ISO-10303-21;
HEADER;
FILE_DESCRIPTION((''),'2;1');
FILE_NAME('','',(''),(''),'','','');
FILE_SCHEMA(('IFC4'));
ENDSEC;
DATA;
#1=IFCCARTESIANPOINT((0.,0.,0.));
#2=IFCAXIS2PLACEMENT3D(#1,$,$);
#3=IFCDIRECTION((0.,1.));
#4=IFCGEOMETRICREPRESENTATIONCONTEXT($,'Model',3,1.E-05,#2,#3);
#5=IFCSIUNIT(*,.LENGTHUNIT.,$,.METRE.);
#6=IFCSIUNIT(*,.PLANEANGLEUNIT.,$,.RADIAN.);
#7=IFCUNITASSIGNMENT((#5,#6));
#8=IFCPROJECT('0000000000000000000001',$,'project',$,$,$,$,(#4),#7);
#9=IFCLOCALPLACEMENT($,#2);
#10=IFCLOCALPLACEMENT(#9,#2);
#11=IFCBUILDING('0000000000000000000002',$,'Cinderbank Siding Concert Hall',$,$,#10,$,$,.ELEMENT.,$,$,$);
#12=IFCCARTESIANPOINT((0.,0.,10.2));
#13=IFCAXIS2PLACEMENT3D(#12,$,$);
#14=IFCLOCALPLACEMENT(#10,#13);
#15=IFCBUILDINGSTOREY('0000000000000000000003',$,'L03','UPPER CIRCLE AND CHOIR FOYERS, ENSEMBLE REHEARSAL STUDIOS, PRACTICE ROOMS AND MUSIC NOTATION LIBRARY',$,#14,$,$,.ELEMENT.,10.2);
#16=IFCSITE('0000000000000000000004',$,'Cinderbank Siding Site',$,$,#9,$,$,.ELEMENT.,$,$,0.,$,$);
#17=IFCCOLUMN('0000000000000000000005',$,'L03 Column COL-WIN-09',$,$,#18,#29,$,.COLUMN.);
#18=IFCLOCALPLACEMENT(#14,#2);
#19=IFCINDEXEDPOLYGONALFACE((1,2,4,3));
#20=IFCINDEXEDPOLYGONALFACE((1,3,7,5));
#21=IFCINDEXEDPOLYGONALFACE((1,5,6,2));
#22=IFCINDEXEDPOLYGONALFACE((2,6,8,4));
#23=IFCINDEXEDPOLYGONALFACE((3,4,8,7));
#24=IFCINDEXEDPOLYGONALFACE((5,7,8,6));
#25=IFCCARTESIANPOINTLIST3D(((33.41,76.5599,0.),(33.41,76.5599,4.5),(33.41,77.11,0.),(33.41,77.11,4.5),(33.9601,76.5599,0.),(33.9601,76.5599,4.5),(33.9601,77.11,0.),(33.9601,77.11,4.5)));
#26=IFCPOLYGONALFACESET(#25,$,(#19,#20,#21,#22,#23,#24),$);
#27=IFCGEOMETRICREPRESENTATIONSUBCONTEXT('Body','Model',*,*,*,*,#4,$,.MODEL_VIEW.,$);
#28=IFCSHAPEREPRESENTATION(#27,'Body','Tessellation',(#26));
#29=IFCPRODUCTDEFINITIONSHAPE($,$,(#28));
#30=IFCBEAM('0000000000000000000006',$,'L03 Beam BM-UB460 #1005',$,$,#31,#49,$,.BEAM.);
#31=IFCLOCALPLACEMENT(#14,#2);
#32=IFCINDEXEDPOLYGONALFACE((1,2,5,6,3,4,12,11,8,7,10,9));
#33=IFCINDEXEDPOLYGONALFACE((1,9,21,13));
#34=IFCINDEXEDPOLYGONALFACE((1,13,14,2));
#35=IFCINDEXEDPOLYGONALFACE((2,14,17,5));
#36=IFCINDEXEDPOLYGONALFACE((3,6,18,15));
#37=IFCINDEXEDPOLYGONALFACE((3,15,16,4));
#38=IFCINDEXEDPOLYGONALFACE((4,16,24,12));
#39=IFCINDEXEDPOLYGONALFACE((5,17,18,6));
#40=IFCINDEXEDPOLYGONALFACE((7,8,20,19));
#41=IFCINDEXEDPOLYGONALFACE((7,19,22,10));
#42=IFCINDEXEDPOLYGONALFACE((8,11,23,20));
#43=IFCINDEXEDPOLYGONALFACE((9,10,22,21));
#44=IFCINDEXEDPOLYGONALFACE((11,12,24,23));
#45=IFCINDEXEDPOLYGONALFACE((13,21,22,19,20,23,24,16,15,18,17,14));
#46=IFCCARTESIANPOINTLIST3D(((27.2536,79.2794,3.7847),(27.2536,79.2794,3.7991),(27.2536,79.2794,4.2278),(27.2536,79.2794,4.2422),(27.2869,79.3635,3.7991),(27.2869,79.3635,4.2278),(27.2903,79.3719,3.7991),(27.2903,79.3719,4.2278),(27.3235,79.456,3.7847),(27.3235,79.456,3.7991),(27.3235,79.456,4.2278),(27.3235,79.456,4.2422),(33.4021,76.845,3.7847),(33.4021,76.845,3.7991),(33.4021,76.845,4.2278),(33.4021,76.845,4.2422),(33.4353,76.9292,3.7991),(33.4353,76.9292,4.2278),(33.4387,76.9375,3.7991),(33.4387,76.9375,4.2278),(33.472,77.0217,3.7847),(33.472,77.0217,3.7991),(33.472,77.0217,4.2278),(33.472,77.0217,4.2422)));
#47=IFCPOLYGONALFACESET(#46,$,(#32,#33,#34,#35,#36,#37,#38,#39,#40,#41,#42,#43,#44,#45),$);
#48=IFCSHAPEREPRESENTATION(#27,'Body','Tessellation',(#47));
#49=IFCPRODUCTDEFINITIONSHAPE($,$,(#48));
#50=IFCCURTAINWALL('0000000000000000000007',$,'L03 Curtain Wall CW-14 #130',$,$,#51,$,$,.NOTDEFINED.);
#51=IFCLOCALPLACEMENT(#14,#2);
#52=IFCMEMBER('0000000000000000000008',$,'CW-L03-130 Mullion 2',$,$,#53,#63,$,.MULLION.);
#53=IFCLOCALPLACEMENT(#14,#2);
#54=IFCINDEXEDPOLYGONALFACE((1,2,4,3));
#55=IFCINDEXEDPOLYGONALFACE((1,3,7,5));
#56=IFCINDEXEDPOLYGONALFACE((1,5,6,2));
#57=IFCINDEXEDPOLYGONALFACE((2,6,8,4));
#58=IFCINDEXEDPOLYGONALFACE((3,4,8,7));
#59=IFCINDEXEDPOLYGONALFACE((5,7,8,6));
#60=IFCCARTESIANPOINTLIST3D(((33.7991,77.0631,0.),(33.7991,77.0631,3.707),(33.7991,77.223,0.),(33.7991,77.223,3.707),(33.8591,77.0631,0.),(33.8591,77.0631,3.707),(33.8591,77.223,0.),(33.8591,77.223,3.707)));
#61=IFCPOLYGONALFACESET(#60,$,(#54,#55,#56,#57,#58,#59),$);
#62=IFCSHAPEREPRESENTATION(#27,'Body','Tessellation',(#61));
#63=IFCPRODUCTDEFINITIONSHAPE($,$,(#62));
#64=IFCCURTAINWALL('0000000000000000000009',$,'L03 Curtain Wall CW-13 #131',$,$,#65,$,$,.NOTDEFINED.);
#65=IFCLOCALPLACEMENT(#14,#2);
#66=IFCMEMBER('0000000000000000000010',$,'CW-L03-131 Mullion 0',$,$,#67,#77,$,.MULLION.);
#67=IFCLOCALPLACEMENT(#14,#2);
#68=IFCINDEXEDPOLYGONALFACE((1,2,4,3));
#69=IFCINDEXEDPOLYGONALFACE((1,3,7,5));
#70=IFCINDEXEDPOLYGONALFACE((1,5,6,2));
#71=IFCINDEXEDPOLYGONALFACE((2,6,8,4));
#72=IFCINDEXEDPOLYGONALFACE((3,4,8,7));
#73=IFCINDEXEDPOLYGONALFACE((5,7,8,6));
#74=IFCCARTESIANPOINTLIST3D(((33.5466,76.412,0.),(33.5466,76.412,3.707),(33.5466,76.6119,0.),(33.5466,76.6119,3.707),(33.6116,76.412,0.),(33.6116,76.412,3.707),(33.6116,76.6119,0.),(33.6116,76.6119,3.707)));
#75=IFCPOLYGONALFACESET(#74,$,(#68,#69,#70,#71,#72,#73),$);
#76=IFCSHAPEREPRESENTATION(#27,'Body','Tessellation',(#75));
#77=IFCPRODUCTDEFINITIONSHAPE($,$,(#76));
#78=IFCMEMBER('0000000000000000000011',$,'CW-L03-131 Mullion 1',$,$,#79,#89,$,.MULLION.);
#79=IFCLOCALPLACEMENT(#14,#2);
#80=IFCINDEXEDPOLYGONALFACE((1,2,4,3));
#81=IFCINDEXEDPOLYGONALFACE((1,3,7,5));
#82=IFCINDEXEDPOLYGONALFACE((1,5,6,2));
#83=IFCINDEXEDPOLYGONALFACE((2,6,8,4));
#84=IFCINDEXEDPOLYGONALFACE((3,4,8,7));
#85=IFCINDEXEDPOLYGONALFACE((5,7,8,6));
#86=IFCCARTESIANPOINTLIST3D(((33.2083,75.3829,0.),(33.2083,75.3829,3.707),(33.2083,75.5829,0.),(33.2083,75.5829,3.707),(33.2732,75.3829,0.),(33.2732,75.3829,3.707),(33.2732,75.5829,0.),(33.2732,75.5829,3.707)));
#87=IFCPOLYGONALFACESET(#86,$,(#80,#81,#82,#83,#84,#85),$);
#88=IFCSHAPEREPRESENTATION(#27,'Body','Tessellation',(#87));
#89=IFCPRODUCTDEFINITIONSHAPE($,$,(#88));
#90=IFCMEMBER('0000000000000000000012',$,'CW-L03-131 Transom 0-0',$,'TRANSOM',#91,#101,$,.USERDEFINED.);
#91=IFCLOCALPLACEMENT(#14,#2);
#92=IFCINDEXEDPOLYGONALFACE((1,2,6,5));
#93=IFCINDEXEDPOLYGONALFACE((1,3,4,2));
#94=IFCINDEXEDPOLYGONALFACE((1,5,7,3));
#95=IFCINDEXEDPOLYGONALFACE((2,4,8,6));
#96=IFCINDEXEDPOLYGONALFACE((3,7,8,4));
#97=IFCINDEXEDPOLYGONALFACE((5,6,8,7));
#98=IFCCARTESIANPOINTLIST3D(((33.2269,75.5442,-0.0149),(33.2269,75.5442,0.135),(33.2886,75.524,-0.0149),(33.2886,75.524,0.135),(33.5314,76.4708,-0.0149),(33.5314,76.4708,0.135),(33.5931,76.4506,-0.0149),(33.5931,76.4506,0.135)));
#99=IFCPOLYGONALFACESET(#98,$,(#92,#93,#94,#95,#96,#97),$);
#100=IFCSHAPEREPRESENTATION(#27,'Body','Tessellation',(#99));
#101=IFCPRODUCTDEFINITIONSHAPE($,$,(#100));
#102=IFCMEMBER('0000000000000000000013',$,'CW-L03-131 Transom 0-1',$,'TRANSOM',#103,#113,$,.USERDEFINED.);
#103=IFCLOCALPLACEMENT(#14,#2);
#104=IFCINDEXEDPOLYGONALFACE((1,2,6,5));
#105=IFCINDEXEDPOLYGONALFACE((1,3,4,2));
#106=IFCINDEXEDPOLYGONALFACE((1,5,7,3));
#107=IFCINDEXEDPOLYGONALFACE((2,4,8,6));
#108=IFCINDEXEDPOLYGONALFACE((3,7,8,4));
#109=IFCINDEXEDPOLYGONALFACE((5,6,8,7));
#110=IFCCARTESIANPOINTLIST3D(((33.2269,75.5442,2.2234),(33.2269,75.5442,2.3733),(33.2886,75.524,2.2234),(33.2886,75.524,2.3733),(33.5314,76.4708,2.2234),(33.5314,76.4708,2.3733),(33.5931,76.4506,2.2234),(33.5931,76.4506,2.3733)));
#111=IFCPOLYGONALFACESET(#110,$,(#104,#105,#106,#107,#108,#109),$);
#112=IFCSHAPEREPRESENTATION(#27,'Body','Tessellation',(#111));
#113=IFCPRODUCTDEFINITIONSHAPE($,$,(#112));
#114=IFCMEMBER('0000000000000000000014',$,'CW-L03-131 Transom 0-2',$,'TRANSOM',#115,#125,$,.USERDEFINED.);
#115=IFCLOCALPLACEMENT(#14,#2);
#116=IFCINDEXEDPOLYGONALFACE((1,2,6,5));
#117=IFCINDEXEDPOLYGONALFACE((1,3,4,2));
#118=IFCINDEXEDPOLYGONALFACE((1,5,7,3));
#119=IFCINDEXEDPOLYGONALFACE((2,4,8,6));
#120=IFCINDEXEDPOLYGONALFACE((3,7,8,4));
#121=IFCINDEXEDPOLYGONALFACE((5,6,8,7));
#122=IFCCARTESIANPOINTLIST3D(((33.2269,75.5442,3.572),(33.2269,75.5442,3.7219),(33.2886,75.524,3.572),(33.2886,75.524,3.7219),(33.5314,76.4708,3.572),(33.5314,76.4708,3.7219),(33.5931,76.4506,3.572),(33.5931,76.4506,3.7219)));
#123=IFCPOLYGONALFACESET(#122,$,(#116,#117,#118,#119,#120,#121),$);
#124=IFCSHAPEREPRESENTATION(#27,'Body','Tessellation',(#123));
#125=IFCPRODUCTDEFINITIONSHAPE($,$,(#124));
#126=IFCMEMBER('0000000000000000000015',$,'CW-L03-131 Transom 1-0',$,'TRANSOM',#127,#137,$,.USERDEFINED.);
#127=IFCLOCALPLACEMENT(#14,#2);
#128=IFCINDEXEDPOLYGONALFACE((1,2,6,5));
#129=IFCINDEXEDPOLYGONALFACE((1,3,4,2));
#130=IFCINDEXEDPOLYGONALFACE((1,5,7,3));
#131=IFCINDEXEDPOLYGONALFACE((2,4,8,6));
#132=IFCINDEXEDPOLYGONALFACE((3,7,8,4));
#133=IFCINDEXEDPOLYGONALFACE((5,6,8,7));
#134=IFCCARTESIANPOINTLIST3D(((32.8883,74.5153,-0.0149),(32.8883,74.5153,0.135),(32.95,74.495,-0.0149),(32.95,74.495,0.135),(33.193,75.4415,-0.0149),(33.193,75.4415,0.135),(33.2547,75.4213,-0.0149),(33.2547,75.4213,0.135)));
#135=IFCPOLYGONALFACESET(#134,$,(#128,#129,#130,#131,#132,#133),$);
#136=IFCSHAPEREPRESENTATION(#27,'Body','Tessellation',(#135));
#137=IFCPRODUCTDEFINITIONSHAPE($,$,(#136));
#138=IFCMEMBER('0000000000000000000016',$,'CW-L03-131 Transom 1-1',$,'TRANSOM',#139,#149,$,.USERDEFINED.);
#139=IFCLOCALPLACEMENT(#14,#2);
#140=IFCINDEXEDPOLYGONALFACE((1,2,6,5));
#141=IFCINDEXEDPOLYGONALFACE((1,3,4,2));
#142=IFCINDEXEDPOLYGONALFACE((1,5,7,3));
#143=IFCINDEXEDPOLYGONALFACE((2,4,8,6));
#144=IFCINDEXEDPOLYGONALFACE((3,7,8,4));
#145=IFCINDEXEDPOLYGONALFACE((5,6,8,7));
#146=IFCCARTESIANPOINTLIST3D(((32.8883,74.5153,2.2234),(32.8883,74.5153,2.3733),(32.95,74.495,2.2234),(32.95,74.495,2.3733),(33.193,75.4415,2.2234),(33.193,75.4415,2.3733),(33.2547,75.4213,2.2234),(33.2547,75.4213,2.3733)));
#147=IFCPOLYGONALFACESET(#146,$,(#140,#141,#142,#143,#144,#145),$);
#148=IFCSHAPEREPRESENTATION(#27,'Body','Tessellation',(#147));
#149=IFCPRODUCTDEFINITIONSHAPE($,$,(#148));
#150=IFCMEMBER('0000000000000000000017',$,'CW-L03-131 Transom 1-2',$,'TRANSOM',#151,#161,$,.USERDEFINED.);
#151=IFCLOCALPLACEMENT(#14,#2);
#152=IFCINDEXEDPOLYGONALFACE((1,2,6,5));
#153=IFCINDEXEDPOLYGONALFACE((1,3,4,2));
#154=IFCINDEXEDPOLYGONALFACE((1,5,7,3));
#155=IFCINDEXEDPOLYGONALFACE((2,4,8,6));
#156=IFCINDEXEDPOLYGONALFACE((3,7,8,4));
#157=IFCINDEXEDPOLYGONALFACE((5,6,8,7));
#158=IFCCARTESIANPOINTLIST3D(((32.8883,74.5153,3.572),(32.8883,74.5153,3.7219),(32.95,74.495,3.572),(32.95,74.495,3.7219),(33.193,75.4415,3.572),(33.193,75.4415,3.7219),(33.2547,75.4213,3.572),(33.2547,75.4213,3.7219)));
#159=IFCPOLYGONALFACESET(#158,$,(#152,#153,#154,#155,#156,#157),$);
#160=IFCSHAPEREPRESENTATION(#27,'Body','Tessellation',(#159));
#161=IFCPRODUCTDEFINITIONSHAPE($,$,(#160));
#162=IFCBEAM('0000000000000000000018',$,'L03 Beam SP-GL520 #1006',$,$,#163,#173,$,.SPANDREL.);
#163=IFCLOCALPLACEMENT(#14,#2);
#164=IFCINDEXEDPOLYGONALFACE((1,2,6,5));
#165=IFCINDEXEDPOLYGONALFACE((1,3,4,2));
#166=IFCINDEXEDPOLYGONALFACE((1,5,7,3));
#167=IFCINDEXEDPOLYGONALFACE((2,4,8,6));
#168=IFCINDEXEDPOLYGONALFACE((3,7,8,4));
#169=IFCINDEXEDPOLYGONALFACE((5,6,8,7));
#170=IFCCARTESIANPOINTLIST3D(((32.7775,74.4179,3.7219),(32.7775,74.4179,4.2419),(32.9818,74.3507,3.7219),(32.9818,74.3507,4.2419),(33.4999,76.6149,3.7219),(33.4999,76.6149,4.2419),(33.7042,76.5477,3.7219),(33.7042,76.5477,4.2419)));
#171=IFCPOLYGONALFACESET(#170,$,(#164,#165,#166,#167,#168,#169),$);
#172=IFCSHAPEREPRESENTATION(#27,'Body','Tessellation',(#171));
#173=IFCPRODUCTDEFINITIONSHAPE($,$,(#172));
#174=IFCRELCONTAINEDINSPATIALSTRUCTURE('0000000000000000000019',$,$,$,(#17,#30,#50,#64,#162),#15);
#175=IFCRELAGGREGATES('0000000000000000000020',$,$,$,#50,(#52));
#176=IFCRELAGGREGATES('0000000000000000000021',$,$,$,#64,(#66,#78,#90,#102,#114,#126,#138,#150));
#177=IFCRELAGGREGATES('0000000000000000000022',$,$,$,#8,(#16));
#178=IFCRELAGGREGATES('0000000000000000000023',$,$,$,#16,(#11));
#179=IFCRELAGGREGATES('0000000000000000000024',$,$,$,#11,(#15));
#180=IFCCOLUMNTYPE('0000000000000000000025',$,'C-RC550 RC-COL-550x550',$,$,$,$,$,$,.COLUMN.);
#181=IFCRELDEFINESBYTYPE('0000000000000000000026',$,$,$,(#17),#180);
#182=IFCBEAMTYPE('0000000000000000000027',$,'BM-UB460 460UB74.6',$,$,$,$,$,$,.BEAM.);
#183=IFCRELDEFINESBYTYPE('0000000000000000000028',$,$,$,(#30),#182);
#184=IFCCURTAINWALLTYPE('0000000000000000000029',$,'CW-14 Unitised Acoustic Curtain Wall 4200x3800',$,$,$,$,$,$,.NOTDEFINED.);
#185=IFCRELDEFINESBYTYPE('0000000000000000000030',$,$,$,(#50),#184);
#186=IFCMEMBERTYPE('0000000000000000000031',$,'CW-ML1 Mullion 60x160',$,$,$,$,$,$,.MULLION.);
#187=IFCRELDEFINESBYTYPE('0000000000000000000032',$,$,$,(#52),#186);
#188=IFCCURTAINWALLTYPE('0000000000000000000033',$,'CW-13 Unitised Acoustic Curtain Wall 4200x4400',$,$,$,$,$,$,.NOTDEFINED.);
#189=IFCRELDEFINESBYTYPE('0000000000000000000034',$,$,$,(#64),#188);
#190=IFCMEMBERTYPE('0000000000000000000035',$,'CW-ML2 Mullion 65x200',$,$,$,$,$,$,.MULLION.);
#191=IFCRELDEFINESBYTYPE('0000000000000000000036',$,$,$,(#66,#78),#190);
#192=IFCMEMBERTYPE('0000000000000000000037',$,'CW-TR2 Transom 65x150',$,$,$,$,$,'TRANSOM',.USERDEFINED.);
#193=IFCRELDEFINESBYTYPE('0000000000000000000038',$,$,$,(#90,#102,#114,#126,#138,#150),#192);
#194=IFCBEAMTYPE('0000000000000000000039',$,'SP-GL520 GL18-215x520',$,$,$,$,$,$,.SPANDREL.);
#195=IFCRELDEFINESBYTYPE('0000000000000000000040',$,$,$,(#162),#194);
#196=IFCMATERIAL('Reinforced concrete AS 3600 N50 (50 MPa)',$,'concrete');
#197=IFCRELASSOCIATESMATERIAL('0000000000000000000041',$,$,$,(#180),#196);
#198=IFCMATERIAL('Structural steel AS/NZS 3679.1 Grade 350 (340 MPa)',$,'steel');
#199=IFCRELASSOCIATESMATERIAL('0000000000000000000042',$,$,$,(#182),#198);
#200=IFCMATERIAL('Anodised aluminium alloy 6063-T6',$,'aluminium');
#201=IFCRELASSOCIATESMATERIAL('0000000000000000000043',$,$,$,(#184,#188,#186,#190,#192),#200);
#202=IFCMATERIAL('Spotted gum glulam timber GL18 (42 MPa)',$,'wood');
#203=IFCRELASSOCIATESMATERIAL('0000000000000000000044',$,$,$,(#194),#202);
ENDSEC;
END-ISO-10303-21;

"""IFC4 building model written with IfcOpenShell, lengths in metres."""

from ifc_helpers import new_model, si_unit, direction, frame, origin, origin_2d, place, context, subcontext, project, spatial, rectangle, i_section, extrude, material, material_profile, profile_set, type_object, element, aggregate, save


model = new_model("IFC4")

# Units and contexts
model_context = context("Model", 3, precision=1e-05, world=origin(), true_north=direction((0.0, 1.0)))
body_context = subcontext(model_context, "Body", "Model", "MODEL_VIEW")
ifc_project = project(units=[si_unit("LENGTHUNIT", "METRE"), si_unit("PLANEANGLEUNIT", "RADIAN")], contexts=[model_context])

# Site, building, storey
site_placement = place(None, origin())
site = spatial("IfcSite", under=ifc_project, at=site_placement, Name="Cinderbank Siding Site", CompositionType="ELEMENT", RefElevation=0.0)
building_placement = place(site_placement, origin())
building = spatial("IfcBuilding", under=site, at=building_placement, Name="Cinderbank Siding Concert Hall", CompositionType="ELEMENT")
storey_placement = place(building_placement, frame((0.0, 0.0, 10.2)))
storey = spatial("IfcBuildingStorey", under=building, at=storey_placement, Name="L03", Description="UPPER CIRCLE AND CHOIR FOYERS, ENSEMBLE REHEARSAL STUDIOS, PRACTICE ROOMS AND MUSIC NOTATION LIBRARY", CompositionType="ELEMENT", Elevation=10.2)

# Column
ifc_material_1 = material(Name="Reinforced concrete AS 3600 N50 (50 MPa)", Category="concrete")
ifc_material_profile_1 = material_profile(ifc_material_1, rectangle(XDim=0.55, YDim=0.55, at=origin_2d()), Name="RC-COL-550x550", Category="LoadBearing")
ifc_profile_set_1 = profile_set([ifc_material_profile_1], Name="Reinforced concrete AS 3600 N50 (50 MPa)")
column_type = type_object("IfcColumnType", Name="C-RC550 RC-COL-550x550", PredefinedType="COLUMN", material=ifc_profile_set_1)
column_placement = place(storey_placement, frame((33.6851, 76.835, 0.0), z_axis=(0.0, 0.0, 1.0), x_axis=(1.0, 0.0, 0.0)))
element("IfcColumn", 1, at=column_placement, inside=storey, type_object=column_type, Name="L03 Column COL-WIN-09", PredefinedType="COLUMN", context=body_context, shape_type="SweptSolid", body=[
    extrude(rectangle(XDim=0.55, YDim=0.55, at=origin_2d()), origin(), (0.0, 0.0, 1.0), 4.5),
])

# Beam
ifc_material_2 = material(Name="Structural steel AS/NZS 3679.1 Grade 350 (340 MPa)", Category="steel")
ifc_material_profile_2 = material_profile(ifc_material_2, i_section(OverallWidth=0.1899, OverallDepth=0.4575, WebThickness=0.009, FlangeThickness=0.0144, at=origin_2d()), Name="460UB74.6", Category="LoadBearing")
ifc_profile_set_2 = profile_set([ifc_material_profile_2], Name="Structural steel AS/NZS 3679.1 Grade 350 (340 MPa)")
beam_type_1 = type_object("IfcBeamType", Name="BM-UB460 460UB74.6", PredefinedType="BEAM", material=ifc_profile_set_2)
beam_1_placement = place(storey_placement, frame((33.437, 76.9333, 4.0134), z_axis=(-0.929777, 0.368123, 0.0), x_axis=(-0.368123, -0.929777, 0.0)))
element("IfcBeam", 2, at=beam_1_placement, inside=storey, type_object=beam_type_1, Name="L03 Beam BM-UB460 #1005", PredefinedType="BEAM", context=body_context, shape_type="SweptSolid", body=[
    extrude(i_section(OverallWidth=0.1899, OverallDepth=0.4575, WebThickness=0.009, FlangeThickness=0.0144, at=origin_2d()), origin(), (0.0, 0.0, 1.0), 6.6128),
])

# Curtain wall, member
ifc_material_3 = material(Name="Anodised aluminium alloy 6063-T6", Category="aluminium")
curtain_wall_type_1 = type_object("IfcCurtainWallType", Name="CW-14 Unitised Acoustic Curtain Wall 4200x3800", PredefinedType="NOTDEFINED", material=ifc_material_3)
curtain_wall_1_placement = place(storey_placement, origin())
curtain_wall_1 = element("IfcCurtainWall", 3, at=curtain_wall_1_placement, inside=storey, type_object=curtain_wall_type_1, Name="L03 Curtain Wall CW-14 #130", PredefinedType="NOTDEFINED")
ifc_material_profile_3 = material_profile(ifc_material_3, rectangle(XDim=0.0601, YDim=0.1599, at=origin_2d()), Name="ALU-MULL-60x160", Category="LoadBearing")
ifc_profile_set_3 = profile_set([ifc_material_profile_3], Name="Anodised aluminium alloy 6063-T6")
member_type_1 = type_object("IfcMemberType", Name="CW-ML1 Mullion 60x160", PredefinedType="MULLION", material=ifc_profile_set_3)
member_1_placement = place(storey_placement, frame((33.8291, 77.1431, 0.0), z_axis=(0.0, 0.0, 1.0), x_axis=(1.0, 0.0, 0.0)))
member_1 = element("IfcMember", 4, at=member_1_placement, type_object=member_type_1, Name="CW-L03-130 Mullion 2", PredefinedType="MULLION", context=body_context, shape_type="SweptSolid", body=[
    extrude(rectangle(XDim=0.0601, YDim=0.1599, at=origin_2d()), origin(), (0.0, 0.0, 1.0), 3.707),
])

# Curtain wall, members
curtain_wall_type_2 = type_object("IfcCurtainWallType", Name="CW-13 Unitised Acoustic Curtain Wall 4200x4400", PredefinedType="NOTDEFINED", material=ifc_material_3)
curtain_wall_2_placement = place(storey_placement, origin())
curtain_wall_2 = element("IfcCurtainWall", 5, at=curtain_wall_2_placement, inside=storey, type_object=curtain_wall_type_2, Name="L03 Curtain Wall CW-13 #131", PredefinedType="NOTDEFINED")
ifc_material_profile_4 = material_profile(ifc_material_3, rectangle(XDim=0.0649, YDim=0.2, at=origin_2d()), Name="ALU-MULL-65x200", Category="LoadBearing")
ifc_profile_set_4 = profile_set([ifc_material_profile_4], Name="Anodised aluminium alloy 6063-T6")
member_type_2 = type_object("IfcMemberType", Name="CW-ML2 Mullion 65x200", PredefinedType="MULLION", material=ifc_profile_set_4)
member_2_placement = place(storey_placement, frame((33.5791, 76.512, 0.0), z_axis=(0.0, 0.0, 1.0), x_axis=(1.0, 0.0, 0.0)))
member_2 = element("IfcMember", 6, at=member_2_placement, type_object=member_type_2, Name="CW-L03-131 Mullion 0", PredefinedType="MULLION", context=body_context, shape_type="SweptSolid", body=[
    extrude(rectangle(XDim=0.0649, YDim=0.2, at=origin_2d()), origin(), (0.0, 0.0, 1.0), 3.707),
])
member_3_placement = place(storey_placement, frame((33.2407, 75.4829, 0.0), z_axis=(0.0, 0.0, 1.0), x_axis=(1.0, 0.0, 0.0)))
member_3 = element("IfcMember", 7, at=member_3_placement, type_object=member_type_2, Name="CW-L03-131 Mullion 1", PredefinedType="MULLION", context=body_context, shape_type="SweptSolid", body=[
    extrude(rectangle(XDim=0.0649, YDim=0.2, at=origin_2d()), origin(), (0.0, 0.0, 1.0), 3.707),
])
ifc_material_profile_5 = material_profile(ifc_material_3, rectangle(XDim=0.0649, YDim=0.1499, at=origin_2d()), Name="ALU-TRAN-65x150", Category="LoadBearing")
ifc_profile_set_5 = profile_set([ifc_material_profile_5], Name="Anodised aluminium alloy 6063-T6")
member_type_3 = type_object("IfcMemberType", Name="CW-TR2 Transom 65x150", ElementType="TRANSOM", PredefinedType="USERDEFINED", material=ifc_profile_set_5)
member_4_placement = place(storey_placement, frame((33.5623, 76.4607, 0.0601), z_axis=(-0.312169, -0.950026, 0.0), x_axis=(0.950026, -0.312169, 0.0)))
member_4 = element("IfcMember", 8, at=member_4_placement, type_object=member_type_3, Name="CW-L03-131 Transom 0-0", ObjectType="TRANSOM", PredefinedType="USERDEFINED", context=body_context, shape_type="SweptSolid", body=[
    extrude(rectangle(XDim=0.0649, YDim=0.1499, at=origin_2d()), origin(), (0.0, 0.0, 1.0), 0.9753),
])
member_5_placement = place(storey_placement, frame((33.5623, 76.4607, 2.2983), z_axis=(-0.312169, -0.950026, 0.0), x_axis=(0.950026, -0.312169, 0.0)))
member_5 = element("IfcMember", 9, at=member_5_placement, type_object=member_type_3, Name="CW-L03-131 Transom 0-1", ObjectType="TRANSOM", PredefinedType="USERDEFINED", context=body_context, shape_type="SweptSolid", body=[
    extrude(rectangle(XDim=0.0649, YDim=0.1499, at=origin_2d()), origin(), (0.0, 0.0, 1.0), 0.9753),
])
member_6_placement = place(storey_placement, frame((33.5623, 76.4607, 3.647), z_axis=(-0.312169, -0.950026, 0.0), x_axis=(0.950026, -0.312169, 0.0)))
member_6 = element("IfcMember", 10, at=member_6_placement, type_object=member_type_3, Name="CW-L03-131 Transom 0-2", ObjectType="TRANSOM", PredefinedType="USERDEFINED", context=body_context, shape_type="SweptSolid", body=[
    extrude(rectangle(XDim=0.0649, YDim=0.1499, at=origin_2d()), origin(), (0.0, 0.0, 1.0), 0.9753),
])
member_7_placement = place(storey_placement, frame((33.2239, 75.4314, 0.0601), z_axis=(-0.31247, -0.949928, 0.0), x_axis=(0.949928, -0.31247, 0.0)))
member_7 = element("IfcMember", 11, at=member_7_placement, type_object=member_type_3, Name="CW-L03-131 Transom 1-0", ObjectType="TRANSOM", PredefinedType="USERDEFINED", context=body_context, shape_type="SweptSolid", body=[
    extrude(rectangle(XDim=0.0649, YDim=0.1499, at=origin_2d()), origin(), (0.0, 0.0, 1.0), 0.9751),
])
member_8_placement = place(storey_placement, frame((33.2239, 75.4314, 2.2983), z_axis=(-0.31247, -0.949928, 0.0), x_axis=(0.949928, -0.31247, 0.0)))
member_8 = element("IfcMember", 12, at=member_8_placement, type_object=member_type_3, Name="CW-L03-131 Transom 1-1", ObjectType="TRANSOM", PredefinedType="USERDEFINED", context=body_context, shape_type="SweptSolid", body=[
    extrude(rectangle(XDim=0.0649, YDim=0.1499, at=origin_2d()), origin(), (0.0, 0.0, 1.0), 0.9751),
])
member_9_placement = place(storey_placement, frame((33.2239, 75.4314, 3.647), z_axis=(-0.31247, -0.949928, 0.0), x_axis=(0.949928, -0.31247, 0.0)))
member_9 = element("IfcMember", 13, at=member_9_placement, type_object=member_type_3, Name="CW-L03-131 Transom 1-2", ObjectType="TRANSOM", PredefinedType="USERDEFINED", context=body_context, shape_type="SweptSolid", body=[
    extrude(rectangle(XDim=0.0649, YDim=0.1499, at=origin_2d()), origin(), (0.0, 0.0, 1.0), 0.9751),
])

# Beam
ifc_material_4 = material(Name="Spotted gum glulam timber GL18 (42 MPa)", Category="wood")
ifc_material_profile_6 = material_profile(ifc_material_4, rectangle(XDim=0.2151, YDim=0.52, at=origin_2d()), Name="GL18-215x520", Category="LoadBearing")
ifc_profile_set_6 = profile_set([ifc_material_profile_6], Name="Spotted gum glulam timber GL18 (42 MPa)")
beam_type_2 = type_object("IfcBeamType", Name="SP-GL520 GL18-215x520", PredefinedType="SPANDREL", material=ifc_profile_set_6)
beam_2_placement = place(storey_placement, frame((33.6021, 76.5813, 3.9819), z_axis=(-0.312362, -0.949963, 0.0), x_axis=(0.949963, -0.312362, 0.0)))
element("IfcBeam", 14, at=beam_2_placement, inside=storey, type_object=beam_type_2, Name="L03 Beam SP-GL520 #1006", PredefinedType="SPANDREL", context=body_context, shape_type="SweptSolid", body=[
    extrude(rectangle(XDim=0.2151, YDim=0.52, at=origin_2d()), origin(), (0.0, 0.0, 1.0), 2.3127),
])

aggregate(curtain_wall_1, [member_1])
aggregate(curtain_wall_2, [member_2, member_3, member_4, member_5, member_6, member_7, member_8, member_9])

save(model, "model.ifc")
